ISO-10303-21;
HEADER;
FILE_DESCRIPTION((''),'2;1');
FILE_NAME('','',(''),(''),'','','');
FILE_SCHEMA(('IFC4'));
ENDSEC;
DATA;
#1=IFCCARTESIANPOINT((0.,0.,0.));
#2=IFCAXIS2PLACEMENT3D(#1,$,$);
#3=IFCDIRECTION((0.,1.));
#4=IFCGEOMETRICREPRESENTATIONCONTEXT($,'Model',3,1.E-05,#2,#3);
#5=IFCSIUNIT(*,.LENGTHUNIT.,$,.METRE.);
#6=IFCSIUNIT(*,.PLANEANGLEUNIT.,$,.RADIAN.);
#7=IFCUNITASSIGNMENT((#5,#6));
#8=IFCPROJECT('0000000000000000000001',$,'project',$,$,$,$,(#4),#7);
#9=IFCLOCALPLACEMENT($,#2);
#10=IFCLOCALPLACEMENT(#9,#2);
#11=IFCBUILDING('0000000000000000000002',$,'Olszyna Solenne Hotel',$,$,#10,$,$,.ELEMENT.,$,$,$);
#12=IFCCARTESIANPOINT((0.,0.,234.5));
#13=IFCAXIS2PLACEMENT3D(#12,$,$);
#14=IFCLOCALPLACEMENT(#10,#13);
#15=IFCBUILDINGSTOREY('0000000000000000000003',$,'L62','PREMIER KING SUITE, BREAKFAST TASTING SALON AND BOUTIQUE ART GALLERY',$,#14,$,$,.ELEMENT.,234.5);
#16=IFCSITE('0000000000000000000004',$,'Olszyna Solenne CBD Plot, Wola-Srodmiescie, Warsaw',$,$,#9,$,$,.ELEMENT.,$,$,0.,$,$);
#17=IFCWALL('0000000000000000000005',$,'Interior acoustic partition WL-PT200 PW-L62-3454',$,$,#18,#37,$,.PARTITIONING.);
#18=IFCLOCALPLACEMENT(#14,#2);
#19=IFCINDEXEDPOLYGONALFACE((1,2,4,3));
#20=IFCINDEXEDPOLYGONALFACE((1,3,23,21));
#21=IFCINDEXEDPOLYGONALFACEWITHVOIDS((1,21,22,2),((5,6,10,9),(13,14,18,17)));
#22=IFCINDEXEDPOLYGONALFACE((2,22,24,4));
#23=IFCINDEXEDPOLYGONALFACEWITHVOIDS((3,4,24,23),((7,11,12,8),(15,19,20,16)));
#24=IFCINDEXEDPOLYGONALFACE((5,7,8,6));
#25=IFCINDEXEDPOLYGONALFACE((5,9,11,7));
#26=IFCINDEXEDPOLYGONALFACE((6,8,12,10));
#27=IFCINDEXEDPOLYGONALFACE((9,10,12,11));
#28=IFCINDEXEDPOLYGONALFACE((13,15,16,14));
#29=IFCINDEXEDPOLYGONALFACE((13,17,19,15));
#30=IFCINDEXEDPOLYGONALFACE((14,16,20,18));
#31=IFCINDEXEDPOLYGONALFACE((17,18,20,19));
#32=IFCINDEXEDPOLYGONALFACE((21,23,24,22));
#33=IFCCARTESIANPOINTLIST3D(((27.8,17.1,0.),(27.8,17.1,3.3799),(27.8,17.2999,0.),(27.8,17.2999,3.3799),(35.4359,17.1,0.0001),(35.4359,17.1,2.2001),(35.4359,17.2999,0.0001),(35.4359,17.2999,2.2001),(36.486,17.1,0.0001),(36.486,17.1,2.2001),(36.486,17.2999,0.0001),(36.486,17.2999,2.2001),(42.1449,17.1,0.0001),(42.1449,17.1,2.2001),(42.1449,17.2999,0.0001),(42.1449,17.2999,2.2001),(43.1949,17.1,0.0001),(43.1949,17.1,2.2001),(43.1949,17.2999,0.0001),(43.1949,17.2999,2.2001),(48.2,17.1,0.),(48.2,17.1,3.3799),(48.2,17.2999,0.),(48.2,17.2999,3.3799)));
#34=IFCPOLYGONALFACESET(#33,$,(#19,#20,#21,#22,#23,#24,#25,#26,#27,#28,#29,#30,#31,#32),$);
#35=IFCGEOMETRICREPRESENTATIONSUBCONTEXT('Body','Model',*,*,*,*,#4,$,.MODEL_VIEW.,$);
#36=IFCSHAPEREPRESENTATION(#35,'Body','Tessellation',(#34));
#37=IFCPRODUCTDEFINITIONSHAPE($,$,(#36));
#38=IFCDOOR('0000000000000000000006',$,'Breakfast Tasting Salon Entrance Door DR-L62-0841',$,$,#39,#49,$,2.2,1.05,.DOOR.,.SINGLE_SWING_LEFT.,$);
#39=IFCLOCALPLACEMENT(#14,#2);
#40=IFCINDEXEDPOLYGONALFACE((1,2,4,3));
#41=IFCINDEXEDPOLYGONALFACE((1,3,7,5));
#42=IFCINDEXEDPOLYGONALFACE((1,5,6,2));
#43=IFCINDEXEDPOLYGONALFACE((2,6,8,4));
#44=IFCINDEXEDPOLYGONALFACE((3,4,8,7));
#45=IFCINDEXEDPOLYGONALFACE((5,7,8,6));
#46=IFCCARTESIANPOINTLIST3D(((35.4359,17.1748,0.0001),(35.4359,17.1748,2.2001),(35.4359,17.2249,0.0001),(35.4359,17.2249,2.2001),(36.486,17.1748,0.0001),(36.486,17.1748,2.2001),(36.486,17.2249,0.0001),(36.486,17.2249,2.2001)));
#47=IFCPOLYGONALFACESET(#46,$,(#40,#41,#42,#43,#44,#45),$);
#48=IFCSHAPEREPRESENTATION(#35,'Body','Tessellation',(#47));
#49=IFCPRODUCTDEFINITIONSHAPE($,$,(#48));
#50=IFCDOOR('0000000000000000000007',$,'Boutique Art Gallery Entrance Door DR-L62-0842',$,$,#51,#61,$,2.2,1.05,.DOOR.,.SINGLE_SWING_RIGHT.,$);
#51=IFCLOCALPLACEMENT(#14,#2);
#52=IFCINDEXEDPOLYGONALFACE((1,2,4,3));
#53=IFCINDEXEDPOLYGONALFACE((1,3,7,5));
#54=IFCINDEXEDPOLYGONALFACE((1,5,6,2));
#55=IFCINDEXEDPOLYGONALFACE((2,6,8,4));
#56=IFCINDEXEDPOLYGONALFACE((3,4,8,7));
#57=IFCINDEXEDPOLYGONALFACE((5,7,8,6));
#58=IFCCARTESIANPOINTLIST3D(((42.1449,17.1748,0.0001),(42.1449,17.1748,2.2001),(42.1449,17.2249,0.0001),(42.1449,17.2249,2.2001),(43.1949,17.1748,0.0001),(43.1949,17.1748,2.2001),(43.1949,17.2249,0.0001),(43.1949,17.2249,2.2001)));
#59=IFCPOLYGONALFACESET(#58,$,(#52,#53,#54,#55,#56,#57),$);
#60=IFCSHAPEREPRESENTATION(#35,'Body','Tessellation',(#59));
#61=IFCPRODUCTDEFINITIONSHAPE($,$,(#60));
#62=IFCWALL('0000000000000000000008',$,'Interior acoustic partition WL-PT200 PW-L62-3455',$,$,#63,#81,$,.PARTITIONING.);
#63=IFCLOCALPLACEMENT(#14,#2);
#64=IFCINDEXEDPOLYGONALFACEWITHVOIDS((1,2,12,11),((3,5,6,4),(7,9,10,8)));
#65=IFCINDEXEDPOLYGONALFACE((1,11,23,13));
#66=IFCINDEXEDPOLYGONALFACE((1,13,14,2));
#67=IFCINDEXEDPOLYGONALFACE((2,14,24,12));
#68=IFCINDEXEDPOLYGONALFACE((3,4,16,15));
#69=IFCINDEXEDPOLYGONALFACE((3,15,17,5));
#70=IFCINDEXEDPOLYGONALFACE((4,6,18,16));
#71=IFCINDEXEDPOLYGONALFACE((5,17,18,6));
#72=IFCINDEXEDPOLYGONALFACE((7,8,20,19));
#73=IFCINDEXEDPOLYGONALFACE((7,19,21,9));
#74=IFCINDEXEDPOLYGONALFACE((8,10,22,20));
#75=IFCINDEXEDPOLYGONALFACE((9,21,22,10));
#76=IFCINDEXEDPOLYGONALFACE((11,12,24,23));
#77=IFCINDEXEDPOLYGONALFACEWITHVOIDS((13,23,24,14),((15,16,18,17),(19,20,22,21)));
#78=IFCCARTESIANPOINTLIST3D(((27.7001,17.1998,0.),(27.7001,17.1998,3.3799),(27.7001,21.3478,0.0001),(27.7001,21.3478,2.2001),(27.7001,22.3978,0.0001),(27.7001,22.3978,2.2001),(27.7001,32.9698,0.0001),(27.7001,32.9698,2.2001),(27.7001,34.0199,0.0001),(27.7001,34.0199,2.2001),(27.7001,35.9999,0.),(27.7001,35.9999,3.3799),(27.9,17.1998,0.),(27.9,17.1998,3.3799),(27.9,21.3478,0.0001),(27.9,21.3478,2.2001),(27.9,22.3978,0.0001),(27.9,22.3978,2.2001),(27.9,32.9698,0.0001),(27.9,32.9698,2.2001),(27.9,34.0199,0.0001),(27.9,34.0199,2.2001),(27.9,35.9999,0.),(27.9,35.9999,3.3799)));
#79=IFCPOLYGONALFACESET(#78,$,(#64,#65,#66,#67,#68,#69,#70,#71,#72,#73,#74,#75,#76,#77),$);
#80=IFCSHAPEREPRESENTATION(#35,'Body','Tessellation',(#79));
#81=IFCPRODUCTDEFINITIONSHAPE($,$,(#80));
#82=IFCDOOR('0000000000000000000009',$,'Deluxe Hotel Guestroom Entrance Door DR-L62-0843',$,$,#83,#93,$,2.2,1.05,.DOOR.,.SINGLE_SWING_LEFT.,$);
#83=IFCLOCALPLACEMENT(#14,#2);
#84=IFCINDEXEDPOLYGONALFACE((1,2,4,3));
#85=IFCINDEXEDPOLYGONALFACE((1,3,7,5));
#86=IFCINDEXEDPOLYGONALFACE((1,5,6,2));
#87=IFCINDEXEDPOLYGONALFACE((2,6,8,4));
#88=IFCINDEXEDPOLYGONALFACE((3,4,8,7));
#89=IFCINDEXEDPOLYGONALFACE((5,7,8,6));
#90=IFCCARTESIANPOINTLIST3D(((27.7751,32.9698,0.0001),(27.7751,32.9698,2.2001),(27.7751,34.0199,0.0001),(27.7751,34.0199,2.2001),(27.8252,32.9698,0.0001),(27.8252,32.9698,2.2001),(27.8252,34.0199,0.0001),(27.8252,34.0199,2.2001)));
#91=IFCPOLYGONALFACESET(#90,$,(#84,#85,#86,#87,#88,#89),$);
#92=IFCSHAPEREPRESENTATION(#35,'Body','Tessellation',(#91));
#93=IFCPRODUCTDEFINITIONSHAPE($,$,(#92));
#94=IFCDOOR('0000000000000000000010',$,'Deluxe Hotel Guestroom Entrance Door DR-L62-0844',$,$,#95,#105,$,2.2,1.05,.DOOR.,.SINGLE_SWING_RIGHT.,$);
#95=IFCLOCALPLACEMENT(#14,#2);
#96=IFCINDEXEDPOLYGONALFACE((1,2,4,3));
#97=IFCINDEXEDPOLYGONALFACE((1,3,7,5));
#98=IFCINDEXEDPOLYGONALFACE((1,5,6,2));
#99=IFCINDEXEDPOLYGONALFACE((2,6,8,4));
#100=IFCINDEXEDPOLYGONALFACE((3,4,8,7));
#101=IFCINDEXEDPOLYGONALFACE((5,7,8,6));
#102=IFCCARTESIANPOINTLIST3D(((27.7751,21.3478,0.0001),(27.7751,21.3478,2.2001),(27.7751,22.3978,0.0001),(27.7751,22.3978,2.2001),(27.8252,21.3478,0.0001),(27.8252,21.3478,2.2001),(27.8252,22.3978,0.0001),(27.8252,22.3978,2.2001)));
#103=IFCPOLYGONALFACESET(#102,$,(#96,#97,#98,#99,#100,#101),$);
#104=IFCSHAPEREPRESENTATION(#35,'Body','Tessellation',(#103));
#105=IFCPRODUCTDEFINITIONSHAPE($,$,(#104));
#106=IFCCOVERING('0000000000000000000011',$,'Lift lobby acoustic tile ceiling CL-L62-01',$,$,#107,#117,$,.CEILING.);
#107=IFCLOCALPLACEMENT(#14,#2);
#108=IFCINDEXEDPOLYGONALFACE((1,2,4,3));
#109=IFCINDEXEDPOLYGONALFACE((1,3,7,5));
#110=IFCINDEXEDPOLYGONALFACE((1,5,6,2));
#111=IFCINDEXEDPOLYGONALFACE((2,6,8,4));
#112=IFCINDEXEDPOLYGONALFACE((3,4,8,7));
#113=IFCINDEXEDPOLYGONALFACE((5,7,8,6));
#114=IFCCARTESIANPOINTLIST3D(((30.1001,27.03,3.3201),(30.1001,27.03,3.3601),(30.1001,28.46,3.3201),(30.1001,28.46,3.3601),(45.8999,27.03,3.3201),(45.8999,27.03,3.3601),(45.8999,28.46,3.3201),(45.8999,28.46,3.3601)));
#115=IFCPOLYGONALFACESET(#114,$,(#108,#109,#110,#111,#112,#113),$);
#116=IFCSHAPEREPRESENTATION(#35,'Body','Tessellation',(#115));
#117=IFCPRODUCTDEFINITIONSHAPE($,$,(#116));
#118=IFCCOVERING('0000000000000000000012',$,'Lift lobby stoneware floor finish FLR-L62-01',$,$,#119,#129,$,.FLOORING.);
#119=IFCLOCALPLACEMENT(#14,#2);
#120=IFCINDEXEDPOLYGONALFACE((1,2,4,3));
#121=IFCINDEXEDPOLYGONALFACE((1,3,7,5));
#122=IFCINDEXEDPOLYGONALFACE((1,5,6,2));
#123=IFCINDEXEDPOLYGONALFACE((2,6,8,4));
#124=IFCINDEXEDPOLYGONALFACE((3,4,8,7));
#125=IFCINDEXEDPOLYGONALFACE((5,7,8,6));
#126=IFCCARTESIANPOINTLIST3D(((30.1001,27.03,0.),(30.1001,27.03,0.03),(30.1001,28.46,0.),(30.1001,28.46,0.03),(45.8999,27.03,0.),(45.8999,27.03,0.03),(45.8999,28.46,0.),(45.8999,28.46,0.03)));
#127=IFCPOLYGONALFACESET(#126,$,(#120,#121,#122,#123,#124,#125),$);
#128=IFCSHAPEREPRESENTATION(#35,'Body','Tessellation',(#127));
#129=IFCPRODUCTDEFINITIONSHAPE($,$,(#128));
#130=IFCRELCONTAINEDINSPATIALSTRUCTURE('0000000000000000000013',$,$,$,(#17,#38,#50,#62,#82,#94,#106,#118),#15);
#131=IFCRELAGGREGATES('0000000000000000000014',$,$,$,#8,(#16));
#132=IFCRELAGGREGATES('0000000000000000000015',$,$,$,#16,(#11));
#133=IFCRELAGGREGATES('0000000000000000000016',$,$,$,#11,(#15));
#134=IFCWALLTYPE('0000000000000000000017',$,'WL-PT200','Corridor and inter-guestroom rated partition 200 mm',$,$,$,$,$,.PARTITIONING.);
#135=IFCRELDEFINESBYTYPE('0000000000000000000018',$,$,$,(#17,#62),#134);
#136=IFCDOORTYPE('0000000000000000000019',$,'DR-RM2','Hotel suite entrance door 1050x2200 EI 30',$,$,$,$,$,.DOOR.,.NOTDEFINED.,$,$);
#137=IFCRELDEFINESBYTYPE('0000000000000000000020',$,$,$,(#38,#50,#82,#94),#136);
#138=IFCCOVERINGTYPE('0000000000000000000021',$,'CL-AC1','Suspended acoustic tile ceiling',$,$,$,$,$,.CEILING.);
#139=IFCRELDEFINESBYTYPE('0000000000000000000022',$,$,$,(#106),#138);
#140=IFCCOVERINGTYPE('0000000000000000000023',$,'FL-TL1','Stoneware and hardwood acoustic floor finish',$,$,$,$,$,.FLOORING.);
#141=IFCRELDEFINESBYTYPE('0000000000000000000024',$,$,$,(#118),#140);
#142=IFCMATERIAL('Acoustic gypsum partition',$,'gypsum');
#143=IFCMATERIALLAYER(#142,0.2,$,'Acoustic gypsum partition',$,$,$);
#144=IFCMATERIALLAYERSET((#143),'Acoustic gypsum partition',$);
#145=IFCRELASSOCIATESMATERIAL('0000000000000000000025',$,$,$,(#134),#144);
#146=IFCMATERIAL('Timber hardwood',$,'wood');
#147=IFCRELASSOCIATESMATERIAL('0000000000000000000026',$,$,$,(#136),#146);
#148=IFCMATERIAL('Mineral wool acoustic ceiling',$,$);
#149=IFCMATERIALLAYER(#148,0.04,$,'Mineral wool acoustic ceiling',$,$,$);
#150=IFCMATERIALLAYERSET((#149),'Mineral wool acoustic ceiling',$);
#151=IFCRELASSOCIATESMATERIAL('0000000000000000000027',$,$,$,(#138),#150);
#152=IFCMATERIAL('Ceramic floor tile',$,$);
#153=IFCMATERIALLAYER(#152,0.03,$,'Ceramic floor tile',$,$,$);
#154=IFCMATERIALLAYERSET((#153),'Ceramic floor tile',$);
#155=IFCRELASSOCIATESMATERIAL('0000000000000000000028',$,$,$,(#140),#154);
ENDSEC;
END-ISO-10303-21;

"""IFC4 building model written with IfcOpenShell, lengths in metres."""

from ifc_helpers import new_model, si_unit, direction, frame, frame_2d, origin, place, context, subcontext, project, spatial, polyline, rectangle, outline, extrude, source, transform, mapped, material, layer, layer_set, type_object, type_shapes, element, fill, save


model = new_model("IFC4")

# Units and contexts
model_context = context("Model", 3, precision=1e-05, world=origin(), true_north=direction((0.0, 1.0)))
body_context = subcontext(model_context, "Body", "Model", "MODEL_VIEW")
ifc_project = project(units=[si_unit("LENGTHUNIT", "METRE"), si_unit("PLANEANGLEUNIT", "RADIAN")], contexts=[model_context])

# Site, building, storey
site_placement = place(None, origin())
site = spatial("IfcSite", under=ifc_project, at=site_placement, Name="Olszyna Solenne CBD Plot, Wola-Srodmiescie, Warsaw", CompositionType="ELEMENT", RefElevation=0.0)
building_placement = place(site_placement, origin())
building = spatial("IfcBuilding", under=site, at=building_placement, Name="Olszyna Solenne Hotel", CompositionType="ELEMENT")
storey_placement = place(building_placement, frame((0.0, 0.0, 234.5)))
storey = spatial("IfcBuildingStorey", under=building, at=storey_placement, Name="L62", Description="PREMIER KING SUITE, BREAKFAST TASTING SALON AND BOUTIQUE ART GALLERY", CompositionType="ELEMENT", Elevation=234.5)

# Shared definitions
ifc_material_1 = material(Name="Timber hardwood", Category="wood")

# Shared definitions
ifc_material_2 = material(Name="Acoustic gypsum partition", Category="gypsum")
ifc_layer_1 = layer(ifc_material_2, 0.2, Name="Acoustic gypsum partition")
ifc_layer_set_1 = layer_set([ifc_layer_1], Name="Acoustic gypsum partition")
wall_type_1 = type_object("IfcWallType", Name="WL-PT200", Description="Corridor and inter-guestroom rated partition 200 mm", PredefinedType="PARTITIONING", material=ifc_layer_set_1)

# Walls, openings, doors
wall_1_placement = place(storey_placement, frame((27.8, 17.2, 0.0), z_axis=(0.0, 0.0, 1.0), x_axis=(1.0, 0.0, 0.0)))
wall_1 = element("IfcWall", 1, at=wall_1_placement, inside=storey, type_object=wall_type_1, Name="Interior acoustic partition WL-PT200 PW-L62-3454", PredefinedType="PARTITIONING", context=body_context, shape_type="SweptSolid", body=[
    extrude(rectangle(XDim=20.3999, YDim=0.2, at=frame_2d((10.2, 0.0))), origin(), (0.0, 0.0, 1.0), 3.3799),
])
opening_1_placement = place(wall_1_placement, frame((7.636, 0.0, 0.0)))
opening_1 = element("IfcOpeningElement", 2, at=opening_1_placement, cuts=wall_1, PredefinedType="OPENING", context=body_context, shape_type="SweptSolid", body=[
    extrude(rectangle(XDim=1.05, YDim=2.2, at=frame_2d((0.5249, 1.1001))), frame((0.0, 0.1099, 0.0), z_axis=(0.0, -1.0, 0.0), x_axis=(1.0, 0.0, 0.0)), (0.0, 0.0, 1.0), 0.22),
])
opening_2_placement = place(wall_1_placement, frame((14.345, 0.0, 0.0)))
opening_2 = element("IfcOpeningElement", 3, at=opening_2_placement, cuts=wall_1, PredefinedType="OPENING", context=body_context, shape_type="SweptSolid", body=[
    extrude(rectangle(XDim=1.05, YDim=2.2, at=frame_2d((0.5249, 1.1001))), frame((0.0, 0.1099, 0.0), z_axis=(0.0, -1.0, 0.0), x_axis=(1.0, 0.0, 0.0)), (0.0, 0.0, 1.0), 0.22),
])
door_type_1 = type_object("IfcDoorType", Name="DR-RM2", Description="Hotel suite entrance door 1050x2200 EI 30", OperationType="NOTDEFINED", PredefinedType="DOOR", material=ifc_material_1)
shared_shape_1 = source(origin(), body_context, "Body", "SweptSolid", [
    extrude(rectangle(XDim=1.05, YDim=2.2, at=frame_2d((0.5249, 1.1001))), frame((0.0, 0.0249, 0.0), z_axis=(0.0, -1.0, 0.0), x_axis=(1.0, 0.0, 0.0)), (0.0, 0.0, 1.0), 0.05),
])
type_shapes(door_type_1, [shared_shape_1])
door_1_placement = place(opening_1_placement, origin())
door_1 = element("IfcDoor", 4, at=door_1_placement, inside=storey, type_object=door_type_1, Name="Breakfast Tasting Salon Entrance Door DR-L62-0841", OperationType="SINGLE_SWING_LEFT", OverallHeight=2.2, OverallWidth=1.05, PredefinedType="DOOR", context=body_context, shape_type="MappedRepresentation", body=[
    mapped(shared_shape_1, transform((0.0, 0.0, 0.0), x_axis=(1.0, 0.0, 0.0), y_axis=(0.0, 1.0, 0.0), z_axis=(0.0, 0.0, 1.0), scale=1.0)),
])
fill(opening_1, door_1)
door_2_placement = place(opening_2_placement, origin())
door_2 = element("IfcDoor", 5, at=door_2_placement, inside=storey, type_object=door_type_1, Name="Boutique Art Gallery Entrance Door DR-L62-0842", OperationType="SINGLE_SWING_RIGHT", OverallHeight=2.2, OverallWidth=1.05, PredefinedType="DOOR", context=body_context, shape_type="MappedRepresentation", body=[
    mapped(shared_shape_1, transform((0.0, 0.0, 0.0), x_axis=(1.0, 0.0, 0.0), y_axis=(0.0, 1.0, 0.0), z_axis=(0.0, 0.0, 1.0), scale=1.0)),
])
fill(opening_2, door_2)
wall_2_placement = place(storey_placement, frame((27.8, 17.2, 0.0), z_axis=(0.0, 0.0, 1.0), x_axis=(0.0, 1.0, 0.0)))
wall_2 = element("IfcWall", 6, at=wall_2_placement, inside=storey, type_object=wall_type_1, Name="Interior acoustic partition WL-PT200 PW-L62-3455", PredefinedType="PARTITIONING", context=body_context, shape_type="SweptSolid", body=[
    extrude(rectangle(XDim=18.8, YDim=0.2, at=frame_2d((9.3999, 0.0))), origin(), (0.0, 0.0, 1.0), 3.3799),
])
opening_3_placement = place(wall_2_placement, frame((15.77, 0.0, 0.0)))
opening_3 = element("IfcOpeningElement", 7, at=opening_3_placement, cuts=wall_2, PredefinedType="OPENING", context=body_context, shape_type="SweptSolid", body=[
    extrude(rectangle(XDim=1.05, YDim=2.2, at=frame_2d((0.5249, 1.1001))), frame((0.0, 0.1099, 0.0), z_axis=(0.0, -1.0, 0.0), x_axis=(1.0, 0.0, 0.0)), (0.0, 0.0, 1.0), 0.22),
])
opening_4_placement = place(wall_2_placement, frame((4.1479, 0.0, 0.0)))
opening_4 = element("IfcOpeningElement", 8, at=opening_4_placement, cuts=wall_2, PredefinedType="OPENING", context=body_context, shape_type="SweptSolid", body=[
    extrude(rectangle(XDim=1.05, YDim=2.2, at=frame_2d((0.5249, 1.1001))), frame((0.0, 0.1099, 0.0), z_axis=(0.0, -1.0, 0.0), x_axis=(1.0, 0.0, 0.0)), (0.0, 0.0, 1.0), 0.22),
])
door_3_placement = place(opening_3_placement, origin())
door_3 = element("IfcDoor", 9, at=door_3_placement, inside=storey, type_object=door_type_1, Name="Deluxe Hotel Guestroom Entrance Door DR-L62-0843", OperationType="SINGLE_SWING_LEFT", OverallHeight=2.2, OverallWidth=1.05, PredefinedType="DOOR", context=body_context, shape_type="MappedRepresentation", body=[
    mapped(shared_shape_1, transform((0.0, 0.0, 0.0), x_axis=(1.0, 0.0, 0.0), y_axis=(0.0, 1.0, 0.0), z_axis=(0.0, 0.0, 1.0), scale=1.0)),
])
fill(opening_3, door_3)
door_4_placement = place(opening_4_placement, origin())
door_4 = element("IfcDoor", 10, at=door_4_placement, inside=storey, type_object=door_type_1, Name="Deluxe Hotel Guestroom Entrance Door DR-L62-0844", OperationType="SINGLE_SWING_RIGHT", OverallHeight=2.2, OverallWidth=1.05, PredefinedType="DOOR", context=body_context, shape_type="MappedRepresentation", body=[
    mapped(shared_shape_1, transform((0.0, 0.0, 0.0), x_axis=(1.0, 0.0, 0.0), y_axis=(0.0, 1.0, 0.0), z_axis=(0.0, 0.0, 1.0), scale=1.0)),
])
fill(opening_4, door_4)

# Coverings
ifc_material_3 = material(Name="Mineral wool acoustic ceiling")
ifc_layer_2 = layer(ifc_material_3, 0.04, Name="Mineral wool acoustic ceiling")
ifc_layer_set_2 = layer_set([ifc_layer_2], Name="Mineral wool acoustic ceiling")
covering_type_1 = type_object("IfcCoveringType", Name="CL-AC1", Description="Suspended acoustic tile ceiling", PredefinedType="CEILING", material=ifc_layer_set_2)
covering_1_placement = place(storey_placement, frame((0.0, 0.0, 3.3201)))
element("IfcCovering", 11, at=covering_1_placement, inside=storey, type_object=covering_type_1, Name="Lift lobby acoustic tile ceiling CL-L62-01", PredefinedType="CEILING", context=body_context, shape_type="SweptSolid", body=[
    extrude(outline(polyline([(30.1001, 27.03), (45.8999, 27.03), (45.8999, 28.46), (30.1001, 28.46), (30.1001, 27.03)])), origin(), (0.0, 0.0, 1.0), 0.04),
])
ifc_material_4 = material(Name="Ceramic floor tile")
ifc_layer_3 = layer(ifc_material_4, 0.03, Name="Ceramic floor tile")
ifc_layer_set_3 = layer_set([ifc_layer_3], Name="Ceramic floor tile")
covering_type_2 = type_object("IfcCoveringType", Name="FL-TL1", Description="Stoneware and hardwood acoustic floor finish", PredefinedType="FLOORING", material=ifc_layer_set_3)
covering_2_placement = place(storey_placement, origin())
element("IfcCovering", 12, at=covering_2_placement, inside=storey, type_object=covering_type_2, Name="Lift lobby stoneware floor finish FLR-L62-01", PredefinedType="FLOORING", context=body_context, shape_type="SweptSolid", body=[
    extrude(outline(polyline([(30.1001, 27.03), (45.8999, 27.03), (45.8999, 28.46), (30.1001, 28.46), (30.1001, 27.03)])), origin(), (0.0, 0.0, 1.0), 0.03),
])

save(model, "model.ifc")
